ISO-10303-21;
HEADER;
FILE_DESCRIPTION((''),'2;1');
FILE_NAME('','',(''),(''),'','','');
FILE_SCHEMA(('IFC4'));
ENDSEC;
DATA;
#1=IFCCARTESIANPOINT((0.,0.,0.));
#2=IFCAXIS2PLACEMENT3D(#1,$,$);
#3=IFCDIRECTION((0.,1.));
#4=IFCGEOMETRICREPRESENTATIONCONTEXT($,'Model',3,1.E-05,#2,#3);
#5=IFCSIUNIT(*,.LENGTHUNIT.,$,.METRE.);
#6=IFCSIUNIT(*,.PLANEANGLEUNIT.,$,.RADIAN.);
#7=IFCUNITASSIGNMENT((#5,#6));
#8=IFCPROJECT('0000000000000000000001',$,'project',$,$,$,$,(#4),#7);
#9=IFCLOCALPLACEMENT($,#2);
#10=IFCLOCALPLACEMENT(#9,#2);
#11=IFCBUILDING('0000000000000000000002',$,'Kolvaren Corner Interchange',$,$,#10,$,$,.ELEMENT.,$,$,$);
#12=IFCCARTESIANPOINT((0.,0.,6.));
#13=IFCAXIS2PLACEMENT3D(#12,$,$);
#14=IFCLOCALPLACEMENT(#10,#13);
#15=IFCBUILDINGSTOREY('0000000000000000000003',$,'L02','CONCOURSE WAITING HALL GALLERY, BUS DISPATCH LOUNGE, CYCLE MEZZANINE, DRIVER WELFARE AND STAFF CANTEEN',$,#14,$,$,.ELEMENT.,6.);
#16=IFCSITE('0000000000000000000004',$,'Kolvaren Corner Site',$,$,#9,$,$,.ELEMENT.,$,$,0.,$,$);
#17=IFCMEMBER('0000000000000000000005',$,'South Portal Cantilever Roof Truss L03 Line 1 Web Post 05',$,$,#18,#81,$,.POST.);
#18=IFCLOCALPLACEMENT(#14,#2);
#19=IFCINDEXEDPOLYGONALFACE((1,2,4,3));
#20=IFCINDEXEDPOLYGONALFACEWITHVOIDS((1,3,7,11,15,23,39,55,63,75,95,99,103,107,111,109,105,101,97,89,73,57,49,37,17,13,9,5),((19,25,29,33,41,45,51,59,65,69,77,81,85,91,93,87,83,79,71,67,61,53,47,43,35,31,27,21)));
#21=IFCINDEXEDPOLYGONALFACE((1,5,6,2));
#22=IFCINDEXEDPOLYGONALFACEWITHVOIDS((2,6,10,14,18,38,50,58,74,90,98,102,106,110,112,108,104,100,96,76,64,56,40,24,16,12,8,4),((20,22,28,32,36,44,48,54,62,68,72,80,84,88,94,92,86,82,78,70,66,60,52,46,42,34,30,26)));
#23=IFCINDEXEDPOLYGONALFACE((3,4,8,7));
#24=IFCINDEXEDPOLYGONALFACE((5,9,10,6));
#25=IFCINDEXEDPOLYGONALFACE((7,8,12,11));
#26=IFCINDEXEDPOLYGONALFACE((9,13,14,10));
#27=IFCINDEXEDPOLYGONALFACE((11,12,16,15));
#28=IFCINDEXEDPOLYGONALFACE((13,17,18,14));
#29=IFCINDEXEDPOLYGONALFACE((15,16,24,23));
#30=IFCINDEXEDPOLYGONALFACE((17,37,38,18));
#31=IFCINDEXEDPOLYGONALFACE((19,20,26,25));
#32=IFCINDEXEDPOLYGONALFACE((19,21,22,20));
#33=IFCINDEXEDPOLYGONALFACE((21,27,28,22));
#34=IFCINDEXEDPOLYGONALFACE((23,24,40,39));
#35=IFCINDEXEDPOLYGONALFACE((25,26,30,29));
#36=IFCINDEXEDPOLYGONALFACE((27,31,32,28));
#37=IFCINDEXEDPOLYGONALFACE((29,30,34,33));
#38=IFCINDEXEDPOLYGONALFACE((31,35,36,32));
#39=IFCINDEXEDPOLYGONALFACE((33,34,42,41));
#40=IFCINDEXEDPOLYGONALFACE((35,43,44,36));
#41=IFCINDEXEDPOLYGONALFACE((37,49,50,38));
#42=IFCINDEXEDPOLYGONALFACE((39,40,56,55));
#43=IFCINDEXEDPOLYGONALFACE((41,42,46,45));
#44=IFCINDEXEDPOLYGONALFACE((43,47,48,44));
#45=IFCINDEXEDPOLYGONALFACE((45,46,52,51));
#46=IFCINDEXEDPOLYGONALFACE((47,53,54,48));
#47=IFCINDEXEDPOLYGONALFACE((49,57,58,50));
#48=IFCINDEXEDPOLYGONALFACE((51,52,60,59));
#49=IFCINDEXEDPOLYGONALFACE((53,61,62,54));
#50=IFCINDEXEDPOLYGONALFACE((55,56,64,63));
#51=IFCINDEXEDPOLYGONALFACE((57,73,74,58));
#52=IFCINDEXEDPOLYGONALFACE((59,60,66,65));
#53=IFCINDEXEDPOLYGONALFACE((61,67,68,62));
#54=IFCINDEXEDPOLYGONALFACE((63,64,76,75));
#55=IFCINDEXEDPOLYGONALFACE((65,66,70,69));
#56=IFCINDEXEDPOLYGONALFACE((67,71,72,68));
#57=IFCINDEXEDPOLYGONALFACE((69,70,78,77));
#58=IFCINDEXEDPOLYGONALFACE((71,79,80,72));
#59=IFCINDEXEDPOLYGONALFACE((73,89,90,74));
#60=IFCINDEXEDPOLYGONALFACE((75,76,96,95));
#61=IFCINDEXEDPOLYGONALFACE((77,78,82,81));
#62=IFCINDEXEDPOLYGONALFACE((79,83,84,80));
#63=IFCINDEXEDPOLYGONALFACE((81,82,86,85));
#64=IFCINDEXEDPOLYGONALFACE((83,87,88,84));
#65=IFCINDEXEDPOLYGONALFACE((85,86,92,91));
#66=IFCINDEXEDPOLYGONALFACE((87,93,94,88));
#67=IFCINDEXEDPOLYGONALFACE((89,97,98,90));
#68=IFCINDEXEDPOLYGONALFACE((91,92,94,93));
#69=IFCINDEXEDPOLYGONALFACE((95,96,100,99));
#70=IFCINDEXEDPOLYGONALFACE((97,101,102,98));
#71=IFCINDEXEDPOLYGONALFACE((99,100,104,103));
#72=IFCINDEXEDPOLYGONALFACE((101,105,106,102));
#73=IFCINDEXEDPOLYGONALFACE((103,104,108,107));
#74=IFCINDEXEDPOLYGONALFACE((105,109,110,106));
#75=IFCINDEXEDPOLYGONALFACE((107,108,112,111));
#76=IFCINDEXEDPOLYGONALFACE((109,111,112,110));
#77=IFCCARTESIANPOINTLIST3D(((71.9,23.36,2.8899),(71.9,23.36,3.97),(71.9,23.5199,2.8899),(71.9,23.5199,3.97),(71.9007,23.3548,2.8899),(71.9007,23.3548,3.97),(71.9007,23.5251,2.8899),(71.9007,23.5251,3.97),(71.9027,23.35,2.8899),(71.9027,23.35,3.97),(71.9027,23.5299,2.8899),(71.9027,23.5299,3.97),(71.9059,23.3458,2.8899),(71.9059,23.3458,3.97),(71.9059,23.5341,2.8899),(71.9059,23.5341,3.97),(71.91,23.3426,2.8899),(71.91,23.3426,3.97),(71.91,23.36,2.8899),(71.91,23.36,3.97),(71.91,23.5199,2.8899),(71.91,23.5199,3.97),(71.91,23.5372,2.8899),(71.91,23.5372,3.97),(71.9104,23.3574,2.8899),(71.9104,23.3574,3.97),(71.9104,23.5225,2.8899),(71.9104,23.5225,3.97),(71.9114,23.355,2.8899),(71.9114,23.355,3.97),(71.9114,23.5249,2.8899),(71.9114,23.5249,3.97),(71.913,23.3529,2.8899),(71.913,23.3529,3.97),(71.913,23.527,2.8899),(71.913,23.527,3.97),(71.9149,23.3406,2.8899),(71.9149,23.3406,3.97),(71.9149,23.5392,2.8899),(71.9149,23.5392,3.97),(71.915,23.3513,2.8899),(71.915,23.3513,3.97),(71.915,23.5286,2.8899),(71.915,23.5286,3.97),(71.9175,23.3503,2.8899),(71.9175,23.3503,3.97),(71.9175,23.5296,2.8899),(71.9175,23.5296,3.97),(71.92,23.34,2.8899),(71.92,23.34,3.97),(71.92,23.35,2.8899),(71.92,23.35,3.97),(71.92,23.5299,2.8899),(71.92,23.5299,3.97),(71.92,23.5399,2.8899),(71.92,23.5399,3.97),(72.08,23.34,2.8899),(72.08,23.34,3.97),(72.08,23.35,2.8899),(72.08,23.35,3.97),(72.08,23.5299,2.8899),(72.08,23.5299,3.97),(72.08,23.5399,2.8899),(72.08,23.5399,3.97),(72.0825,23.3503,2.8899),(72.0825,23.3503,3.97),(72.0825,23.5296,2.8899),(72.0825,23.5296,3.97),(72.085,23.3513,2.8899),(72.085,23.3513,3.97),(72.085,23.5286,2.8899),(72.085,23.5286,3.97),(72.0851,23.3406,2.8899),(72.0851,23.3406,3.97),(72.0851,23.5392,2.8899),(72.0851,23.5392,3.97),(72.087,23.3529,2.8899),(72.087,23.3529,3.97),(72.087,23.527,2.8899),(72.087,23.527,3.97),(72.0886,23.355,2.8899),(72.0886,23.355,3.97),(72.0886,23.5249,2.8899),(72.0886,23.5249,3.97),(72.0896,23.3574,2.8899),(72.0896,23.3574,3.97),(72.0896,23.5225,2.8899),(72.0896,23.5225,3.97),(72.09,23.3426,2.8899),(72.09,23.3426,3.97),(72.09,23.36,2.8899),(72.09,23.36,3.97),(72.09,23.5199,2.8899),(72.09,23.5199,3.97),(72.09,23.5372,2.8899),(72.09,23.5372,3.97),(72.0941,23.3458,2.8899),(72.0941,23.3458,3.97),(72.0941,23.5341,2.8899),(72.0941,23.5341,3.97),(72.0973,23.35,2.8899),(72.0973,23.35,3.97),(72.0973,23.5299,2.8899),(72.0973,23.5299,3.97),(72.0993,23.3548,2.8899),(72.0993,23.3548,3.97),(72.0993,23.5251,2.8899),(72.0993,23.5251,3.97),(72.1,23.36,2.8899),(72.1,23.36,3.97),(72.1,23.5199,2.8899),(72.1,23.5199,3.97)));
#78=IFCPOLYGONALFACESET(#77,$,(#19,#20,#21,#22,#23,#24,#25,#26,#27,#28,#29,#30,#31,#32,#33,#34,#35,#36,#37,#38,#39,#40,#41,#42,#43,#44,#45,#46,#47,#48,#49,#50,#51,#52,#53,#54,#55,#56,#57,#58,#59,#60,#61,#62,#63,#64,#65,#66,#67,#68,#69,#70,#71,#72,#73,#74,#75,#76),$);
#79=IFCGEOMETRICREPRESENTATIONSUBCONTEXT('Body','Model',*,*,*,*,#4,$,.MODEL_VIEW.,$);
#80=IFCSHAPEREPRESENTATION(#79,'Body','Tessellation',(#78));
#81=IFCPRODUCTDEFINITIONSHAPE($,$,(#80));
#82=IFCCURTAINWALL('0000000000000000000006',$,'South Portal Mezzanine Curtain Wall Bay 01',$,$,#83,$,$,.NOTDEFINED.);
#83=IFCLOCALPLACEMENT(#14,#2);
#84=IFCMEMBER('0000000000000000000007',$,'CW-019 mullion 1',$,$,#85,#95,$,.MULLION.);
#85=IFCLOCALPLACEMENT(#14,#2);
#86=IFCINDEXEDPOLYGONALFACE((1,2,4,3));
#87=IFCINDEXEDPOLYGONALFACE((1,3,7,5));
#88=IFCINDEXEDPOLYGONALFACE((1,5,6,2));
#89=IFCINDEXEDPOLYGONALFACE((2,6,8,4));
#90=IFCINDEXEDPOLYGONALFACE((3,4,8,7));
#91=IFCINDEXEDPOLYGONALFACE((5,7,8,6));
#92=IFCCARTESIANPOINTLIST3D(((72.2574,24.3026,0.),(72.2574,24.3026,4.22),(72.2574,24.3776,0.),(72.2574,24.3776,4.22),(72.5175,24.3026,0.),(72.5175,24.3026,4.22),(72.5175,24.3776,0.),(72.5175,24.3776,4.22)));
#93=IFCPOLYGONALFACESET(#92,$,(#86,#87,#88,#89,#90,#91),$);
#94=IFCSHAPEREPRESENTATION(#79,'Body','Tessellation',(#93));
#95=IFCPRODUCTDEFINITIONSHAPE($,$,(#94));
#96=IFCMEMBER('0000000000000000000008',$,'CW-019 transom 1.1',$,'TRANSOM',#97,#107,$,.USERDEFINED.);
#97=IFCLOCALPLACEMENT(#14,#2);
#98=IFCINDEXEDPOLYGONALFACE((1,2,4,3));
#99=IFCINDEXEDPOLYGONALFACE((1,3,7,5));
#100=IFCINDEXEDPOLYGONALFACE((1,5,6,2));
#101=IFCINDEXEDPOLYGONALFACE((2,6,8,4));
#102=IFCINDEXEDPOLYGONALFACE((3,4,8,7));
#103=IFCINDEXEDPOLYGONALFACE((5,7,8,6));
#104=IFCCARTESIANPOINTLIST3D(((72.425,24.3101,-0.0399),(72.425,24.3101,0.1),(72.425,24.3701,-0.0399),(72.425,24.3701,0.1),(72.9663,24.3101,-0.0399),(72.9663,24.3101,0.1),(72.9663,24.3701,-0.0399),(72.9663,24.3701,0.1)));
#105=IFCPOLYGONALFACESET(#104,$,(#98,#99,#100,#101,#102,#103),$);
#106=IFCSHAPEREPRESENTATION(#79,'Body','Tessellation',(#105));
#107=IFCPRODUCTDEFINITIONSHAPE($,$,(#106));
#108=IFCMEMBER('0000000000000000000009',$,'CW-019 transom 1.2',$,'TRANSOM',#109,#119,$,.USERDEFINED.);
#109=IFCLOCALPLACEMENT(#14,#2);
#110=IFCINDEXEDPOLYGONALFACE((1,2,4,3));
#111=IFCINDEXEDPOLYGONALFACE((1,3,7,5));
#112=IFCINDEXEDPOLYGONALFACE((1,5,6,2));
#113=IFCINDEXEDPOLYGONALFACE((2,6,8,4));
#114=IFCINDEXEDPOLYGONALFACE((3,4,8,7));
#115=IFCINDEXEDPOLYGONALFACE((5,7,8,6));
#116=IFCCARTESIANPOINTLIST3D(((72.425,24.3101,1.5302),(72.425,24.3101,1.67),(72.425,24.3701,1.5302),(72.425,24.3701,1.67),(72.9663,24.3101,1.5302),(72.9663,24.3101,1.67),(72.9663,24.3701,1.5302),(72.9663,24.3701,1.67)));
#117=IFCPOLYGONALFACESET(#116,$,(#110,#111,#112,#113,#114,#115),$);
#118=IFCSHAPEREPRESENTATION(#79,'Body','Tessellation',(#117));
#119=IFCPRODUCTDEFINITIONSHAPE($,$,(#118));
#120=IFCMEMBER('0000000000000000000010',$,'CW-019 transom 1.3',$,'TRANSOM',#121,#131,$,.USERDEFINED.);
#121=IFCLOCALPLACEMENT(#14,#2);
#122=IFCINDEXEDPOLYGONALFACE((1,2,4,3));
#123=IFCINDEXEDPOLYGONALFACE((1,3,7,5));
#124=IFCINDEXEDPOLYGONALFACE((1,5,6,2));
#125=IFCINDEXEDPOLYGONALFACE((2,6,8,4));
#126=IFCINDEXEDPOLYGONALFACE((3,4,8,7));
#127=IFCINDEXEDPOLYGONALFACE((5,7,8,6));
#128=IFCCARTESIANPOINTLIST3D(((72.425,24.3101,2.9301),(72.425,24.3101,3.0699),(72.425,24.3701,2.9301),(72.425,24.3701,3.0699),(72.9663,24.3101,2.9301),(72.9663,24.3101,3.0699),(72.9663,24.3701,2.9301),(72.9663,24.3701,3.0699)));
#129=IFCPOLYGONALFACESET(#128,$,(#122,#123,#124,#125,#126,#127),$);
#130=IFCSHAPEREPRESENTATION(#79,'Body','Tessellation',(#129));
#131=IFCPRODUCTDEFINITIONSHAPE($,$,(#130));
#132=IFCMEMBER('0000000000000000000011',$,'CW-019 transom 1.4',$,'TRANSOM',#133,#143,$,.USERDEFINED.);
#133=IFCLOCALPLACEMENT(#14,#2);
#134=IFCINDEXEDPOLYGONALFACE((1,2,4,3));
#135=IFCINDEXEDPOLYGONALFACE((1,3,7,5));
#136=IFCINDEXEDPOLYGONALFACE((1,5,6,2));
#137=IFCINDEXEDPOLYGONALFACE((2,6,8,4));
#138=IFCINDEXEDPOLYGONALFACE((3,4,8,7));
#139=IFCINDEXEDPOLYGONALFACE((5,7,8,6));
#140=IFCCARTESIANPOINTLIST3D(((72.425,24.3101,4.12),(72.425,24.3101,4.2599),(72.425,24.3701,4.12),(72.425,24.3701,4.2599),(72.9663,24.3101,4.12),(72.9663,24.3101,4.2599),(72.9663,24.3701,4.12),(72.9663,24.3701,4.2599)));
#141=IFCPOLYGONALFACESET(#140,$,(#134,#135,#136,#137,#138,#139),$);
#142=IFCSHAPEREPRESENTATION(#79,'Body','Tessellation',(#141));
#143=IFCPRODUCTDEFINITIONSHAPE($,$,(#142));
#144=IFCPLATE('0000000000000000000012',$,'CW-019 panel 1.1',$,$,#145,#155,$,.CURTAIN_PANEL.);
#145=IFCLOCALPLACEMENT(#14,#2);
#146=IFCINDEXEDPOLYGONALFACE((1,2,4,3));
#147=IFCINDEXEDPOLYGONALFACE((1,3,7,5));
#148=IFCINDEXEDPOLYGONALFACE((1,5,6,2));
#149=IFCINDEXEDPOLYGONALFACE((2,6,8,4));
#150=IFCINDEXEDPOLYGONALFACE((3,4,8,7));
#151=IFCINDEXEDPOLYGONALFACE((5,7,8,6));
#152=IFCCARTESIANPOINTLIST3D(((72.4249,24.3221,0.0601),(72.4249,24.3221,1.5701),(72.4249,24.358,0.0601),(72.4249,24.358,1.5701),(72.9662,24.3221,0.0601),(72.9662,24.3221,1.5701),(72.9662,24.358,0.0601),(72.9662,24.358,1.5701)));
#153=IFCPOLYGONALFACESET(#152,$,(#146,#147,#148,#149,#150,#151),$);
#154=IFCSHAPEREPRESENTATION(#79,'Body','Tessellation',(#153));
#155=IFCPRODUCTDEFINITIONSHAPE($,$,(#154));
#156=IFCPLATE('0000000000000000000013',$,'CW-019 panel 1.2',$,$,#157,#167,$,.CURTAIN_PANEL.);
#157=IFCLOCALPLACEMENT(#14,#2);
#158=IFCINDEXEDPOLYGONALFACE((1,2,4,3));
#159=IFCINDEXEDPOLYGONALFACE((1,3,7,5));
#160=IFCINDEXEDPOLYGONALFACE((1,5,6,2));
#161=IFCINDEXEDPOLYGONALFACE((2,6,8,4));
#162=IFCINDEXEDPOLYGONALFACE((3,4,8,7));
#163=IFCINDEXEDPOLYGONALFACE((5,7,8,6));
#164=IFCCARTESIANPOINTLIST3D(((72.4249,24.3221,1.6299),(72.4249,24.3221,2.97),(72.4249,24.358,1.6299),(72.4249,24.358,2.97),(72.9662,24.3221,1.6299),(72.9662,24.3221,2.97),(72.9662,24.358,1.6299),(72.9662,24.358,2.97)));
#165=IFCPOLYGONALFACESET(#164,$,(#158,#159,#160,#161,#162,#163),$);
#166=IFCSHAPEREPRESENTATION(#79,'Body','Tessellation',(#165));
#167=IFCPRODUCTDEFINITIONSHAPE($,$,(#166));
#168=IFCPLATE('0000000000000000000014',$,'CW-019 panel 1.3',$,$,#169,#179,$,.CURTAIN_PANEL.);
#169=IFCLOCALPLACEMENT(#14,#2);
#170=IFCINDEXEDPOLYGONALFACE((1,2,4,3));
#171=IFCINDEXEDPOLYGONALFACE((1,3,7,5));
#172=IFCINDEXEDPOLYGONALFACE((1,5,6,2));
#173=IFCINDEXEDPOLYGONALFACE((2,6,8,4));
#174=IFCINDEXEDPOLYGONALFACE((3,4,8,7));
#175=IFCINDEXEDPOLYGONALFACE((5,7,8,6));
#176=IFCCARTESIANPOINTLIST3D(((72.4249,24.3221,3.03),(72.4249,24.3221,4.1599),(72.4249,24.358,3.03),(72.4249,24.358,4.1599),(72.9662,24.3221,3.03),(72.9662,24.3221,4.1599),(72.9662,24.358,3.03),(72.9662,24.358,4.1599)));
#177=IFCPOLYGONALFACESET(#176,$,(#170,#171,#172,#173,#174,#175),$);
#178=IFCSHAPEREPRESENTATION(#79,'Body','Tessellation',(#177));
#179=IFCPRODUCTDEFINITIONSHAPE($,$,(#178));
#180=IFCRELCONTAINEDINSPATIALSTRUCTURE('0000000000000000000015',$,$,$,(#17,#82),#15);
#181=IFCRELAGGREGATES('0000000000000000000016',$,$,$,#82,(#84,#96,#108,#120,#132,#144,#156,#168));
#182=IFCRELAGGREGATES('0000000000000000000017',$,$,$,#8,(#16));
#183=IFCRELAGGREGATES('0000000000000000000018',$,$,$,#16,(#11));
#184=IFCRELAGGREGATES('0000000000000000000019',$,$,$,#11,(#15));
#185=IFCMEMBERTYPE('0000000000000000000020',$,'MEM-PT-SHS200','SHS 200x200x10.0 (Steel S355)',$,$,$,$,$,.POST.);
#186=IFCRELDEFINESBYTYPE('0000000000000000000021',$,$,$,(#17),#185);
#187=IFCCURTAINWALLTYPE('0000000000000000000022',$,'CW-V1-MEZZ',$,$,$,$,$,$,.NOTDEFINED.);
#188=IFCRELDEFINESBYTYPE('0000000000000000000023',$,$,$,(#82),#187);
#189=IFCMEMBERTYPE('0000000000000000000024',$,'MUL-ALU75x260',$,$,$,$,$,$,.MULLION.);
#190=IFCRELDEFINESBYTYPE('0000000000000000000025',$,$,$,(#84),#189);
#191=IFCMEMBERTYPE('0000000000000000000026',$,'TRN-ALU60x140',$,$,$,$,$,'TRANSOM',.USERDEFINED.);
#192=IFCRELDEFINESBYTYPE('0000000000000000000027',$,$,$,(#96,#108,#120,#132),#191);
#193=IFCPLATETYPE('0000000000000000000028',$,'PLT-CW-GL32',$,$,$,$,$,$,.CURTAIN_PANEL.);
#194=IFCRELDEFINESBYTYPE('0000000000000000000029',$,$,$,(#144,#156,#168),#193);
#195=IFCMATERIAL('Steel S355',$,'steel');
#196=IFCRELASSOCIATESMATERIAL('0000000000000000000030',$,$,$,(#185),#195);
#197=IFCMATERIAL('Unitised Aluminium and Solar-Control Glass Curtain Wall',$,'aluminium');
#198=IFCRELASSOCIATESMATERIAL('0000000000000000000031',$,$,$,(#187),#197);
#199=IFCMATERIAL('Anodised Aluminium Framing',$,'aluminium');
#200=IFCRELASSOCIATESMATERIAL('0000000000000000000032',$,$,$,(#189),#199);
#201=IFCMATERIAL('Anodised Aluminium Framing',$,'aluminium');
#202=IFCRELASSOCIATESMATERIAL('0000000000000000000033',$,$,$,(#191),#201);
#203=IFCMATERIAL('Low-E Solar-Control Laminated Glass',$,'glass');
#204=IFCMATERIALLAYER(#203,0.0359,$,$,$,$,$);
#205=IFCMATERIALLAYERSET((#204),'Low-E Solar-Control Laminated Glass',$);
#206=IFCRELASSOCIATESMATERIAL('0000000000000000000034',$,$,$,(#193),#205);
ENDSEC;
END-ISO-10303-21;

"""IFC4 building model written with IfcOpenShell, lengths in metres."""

from ifc_helpers import new_model, si_unit, direction, frame, origin, origin_2d, place, context, subcontext, project, spatial, rectangle, hollow_rectangle, extrude, material, layer, layer_set, material_profile, profile_set, type_object, element, aggregate, save


model = new_model("IFC4")

# Units and contexts
model_context = context("Model", 3, precision=1e-05, world=origin(), true_north=direction((0.0, 1.0)))
body_context = subcontext(model_context, "Body", "Model", "MODEL_VIEW")
ifc_project = project(units=[si_unit("LENGTHUNIT", "METRE"), si_unit("PLANEANGLEUNIT", "RADIAN")], contexts=[model_context])

# Site, building, storey
site_placement = place(None, origin())
site = spatial("IfcSite", under=ifc_project, at=site_placement, Name="Kolvaren Corner Site", CompositionType="ELEMENT", RefElevation=0.0)
building_placement = place(site_placement, origin())
building = spatial("IfcBuilding", under=site, at=building_placement, Name="Kolvaren Corner Interchange", CompositionType="ELEMENT")
storey_placement = place(building_placement, frame((0.0, 0.0, 6.0)))
storey = spatial("IfcBuildingStorey", under=building, at=storey_placement, Name="L02", Description="CONCOURSE WAITING HALL GALLERY, BUS DISPATCH LOUNGE, CYCLE MEZZANINE, DRIVER WELFARE AND STAFF CANTEEN", CompositionType="ELEMENT", Elevation=6.0)

# Member
ifc_material_1 = material(Name="Steel S355", Category="steel")
ifc_material_profile_1 = material_profile(ifc_material_1, hollow_rectangle(XDim=0.2, YDim=0.2, WallThickness=0.01, InnerFilletRadius=0.01, OuterFilletRadius=0.02, at=origin_2d()), Name="SHS 200x200x10.0")
ifc_profile_set_1 = profile_set([ifc_material_profile_1], Name="Steel S355")
member_type_1 = type_object("IfcMemberType", Name="MEM-PT-SHS200", Description="SHS 200x200x10.0 (Steel S355)", PredefinedType="POST", material=ifc_profile_set_1)
for number, where, z_axis, x_axis, name in (
    (1, (72.0, 23.4399, 2.8899), (0.0, 0.0, 1.0), (1.0, 0.0, 0.0), "South Portal Cantilever Roof Truss L03 Line 1 Web Post 05"),
):
    element("IfcMember", number, at=place(storey_placement, frame(where, z_axis=z_axis, x_axis=x_axis)), inside=storey, type_object=member_type_1, Name=name, PredefinedType="POST", context=body_context, shape_type="SweptSolid", body=[
        extrude(hollow_rectangle(XDim=0.2, YDim=0.2, WallThickness=0.01, InnerFilletRadius=0.01, OuterFilletRadius=0.02, at=origin_2d()), origin(), (0.0, 0.0, 1.0), 1.0801),
    ])

# Curtain wall, members, plates
ifc_material_2 = material(Name="Unitised Aluminium and Solar-Control Glass Curtain Wall", Category="aluminium")
curtain_wall_type = type_object("IfcCurtainWallType", Name="CW-V1-MEZZ", PredefinedType="NOTDEFINED", material=ifc_material_2)
curtain_wall_placement = place(storey_placement, origin())
curtain_wall = element("IfcCurtainWall", 2, at=curtain_wall_placement, inside=storey, type_object=curtain_wall_type, Name="South Portal Mezzanine Curtain Wall Bay 01", PredefinedType="NOTDEFINED")
ifc_material_3 = material(Name="Anodised Aluminium Framing", Category="aluminium")
ifc_material_profile_2 = material_profile(ifc_material_3, rectangle(XDim=0.075, YDim=0.26, at=origin_2d()), Name="ALU 75x260")
ifc_profile_set_2 = profile_set([ifc_material_profile_2], Name="Anodised Aluminium Framing")
member_type_2 = type_object("IfcMemberType", Name="MUL-ALU75x260", PredefinedType="MULLION", material=ifc_profile_set_2)
member_1_placement = place(storey_placement, frame((72.3875, 24.3401, 0.0), z_axis=(0.0, 0.0, 1.0), x_axis=(0.0, 1.0, 0.0)))
member_1 = element("IfcMember", 3, at=member_1_placement, type_object=member_type_2, Name="CW-019 mullion 1", PredefinedType="MULLION", context=body_context, shape_type="SweptSolid", body=[
    extrude(rectangle(XDim=0.075, YDim=0.26, at=origin_2d()), origin(), (0.0, 0.0, 1.0), 4.22),
])
ifc_material_4 = material(Name="Anodised Aluminium Framing", Category="aluminium")
ifc_material_profile_3 = material_profile(ifc_material_4, rectangle(XDim=0.0601, YDim=0.1399, at=origin_2d()), Name="ALU 60x140")
ifc_profile_set_3 = profile_set([ifc_material_profile_3], Name="Anodised Aluminium Framing")
member_type_3 = type_object("IfcMemberType", Name="TRN-ALU60x140", ElementType="TRANSOM", PredefinedType="USERDEFINED", material=ifc_profile_set_3)
member_2_placement = place(storey_placement, frame((72.425, 24.3401, 0.03), z_axis=(1.0, 0.0, 0.0), x_axis=(0.0, 1.0, 0.0)))
member_2 = element("IfcMember", 4, at=member_2_placement, type_object=member_type_3, Name="CW-019 transom 1.1", ObjectType="TRANSOM", PredefinedType="USERDEFINED", context=body_context, shape_type="SweptSolid", body=[
    extrude(rectangle(XDim=0.0601, YDim=0.1399, at=origin_2d()), origin(), (0.0, 0.0, 1.0), 0.5413),
])
member_3_placement = place(storey_placement, frame((72.425, 24.3401, 1.6001), z_axis=(1.0, 0.0, 0.0), x_axis=(0.0, 1.0, 0.0)))
member_3 = element("IfcMember", 5, at=member_3_placement, type_object=member_type_3, Name="CW-019 transom 1.2", ObjectType="TRANSOM", PredefinedType="USERDEFINED", context=body_context, shape_type="SweptSolid", body=[
    extrude(rectangle(XDim=0.0601, YDim=0.1399, at=origin_2d()), origin(), (0.0, 0.0, 1.0), 0.5413),
])
member_4_placement = place(storey_placement, frame((72.425, 24.3401, 3.0), z_axis=(1.0, 0.0, 0.0), x_axis=(0.0, 1.0, 0.0)))
member_4 = element("IfcMember", 6, at=member_4_placement, type_object=member_type_3, Name="CW-019 transom 1.3", ObjectType="TRANSOM", PredefinedType="USERDEFINED", context=body_context, shape_type="SweptSolid", body=[
    extrude(rectangle(XDim=0.0601, YDim=0.1399, at=origin_2d()), origin(), (0.0, 0.0, 1.0), 0.5413),
])
member_5_placement = place(storey_placement, frame((72.425, 24.3401, 4.1899), z_axis=(1.0, 0.0, 0.0), x_axis=(0.0, 1.0, 0.0)))
member_5 = element("IfcMember", 7, at=member_5_placement, type_object=member_type_3, Name="CW-019 transom 1.4", ObjectType="TRANSOM", PredefinedType="USERDEFINED", context=body_context, shape_type="SweptSolid", body=[
    extrude(rectangle(XDim=0.0601, YDim=0.1399, at=origin_2d()), origin(), (0.0, 0.0, 1.0), 0.5413),
])
ifc_material_5 = material(Name="Low-E Solar-Control Laminated Glass", Category="glass")
ifc_layer = layer(ifc_material_5, 0.0359)
ifc_layer_set = layer_set([ifc_layer], Name="Low-E Solar-Control Laminated Glass")
plate_type = type_object("IfcPlateType", Name="PLT-CW-GL32", PredefinedType="CURTAIN_PANEL", material=ifc_layer_set)
plate_1_placement = place(storey_placement, frame((72.6956, 24.3401, 0.0601), z_axis=(0.0, 0.0, 1.0), x_axis=(1.0, 0.0, 0.0)))
plate_1 = element("IfcPlate", 8, at=plate_1_placement, type_object=plate_type, Name="CW-019 panel 1.1", PredefinedType="CURTAIN_PANEL", context=body_context, shape_type="SweptSolid", body=[
    extrude(rectangle(XDim=0.5413, YDim=0.0359, at=origin_2d()), origin(), (0.0, 0.0, 1.0), 1.51),
])
plate_2_placement = place(storey_placement, frame((72.6956, 24.3401, 1.6299), z_axis=(0.0, 0.0, 1.0), x_axis=(1.0, 0.0, 0.0)))
plate_2 = element("IfcPlate", 9, at=plate_2_placement, type_object=plate_type, Name="CW-019 panel 1.2", PredefinedType="CURTAIN_PANEL", context=body_context, shape_type="SweptSolid", body=[
    extrude(rectangle(XDim=0.5413, YDim=0.0359, at=origin_2d()), origin(), (0.0, 0.0, 1.0), 1.3401),
])
plate_3_placement = place(storey_placement, frame((72.6956, 24.3401, 3.03), z_axis=(0.0, 0.0, 1.0), x_axis=(1.0, 0.0, 0.0)))
plate_3 = element("IfcPlate", 10, at=plate_3_placement, type_object=plate_type, Name="CW-019 panel 1.3", PredefinedType="CURTAIN_PANEL", context=body_context, shape_type="SweptSolid", body=[
    extrude(rectangle(XDim=0.5413, YDim=0.0359, at=origin_2d()), origin(), (0.0, 0.0, 1.0), 1.1299),
])
aggregate(curtain_wall, [member_1, member_2, member_3, member_4, member_5, plate_1, plate_2, plate_3])

save(model, "model.ifc")
